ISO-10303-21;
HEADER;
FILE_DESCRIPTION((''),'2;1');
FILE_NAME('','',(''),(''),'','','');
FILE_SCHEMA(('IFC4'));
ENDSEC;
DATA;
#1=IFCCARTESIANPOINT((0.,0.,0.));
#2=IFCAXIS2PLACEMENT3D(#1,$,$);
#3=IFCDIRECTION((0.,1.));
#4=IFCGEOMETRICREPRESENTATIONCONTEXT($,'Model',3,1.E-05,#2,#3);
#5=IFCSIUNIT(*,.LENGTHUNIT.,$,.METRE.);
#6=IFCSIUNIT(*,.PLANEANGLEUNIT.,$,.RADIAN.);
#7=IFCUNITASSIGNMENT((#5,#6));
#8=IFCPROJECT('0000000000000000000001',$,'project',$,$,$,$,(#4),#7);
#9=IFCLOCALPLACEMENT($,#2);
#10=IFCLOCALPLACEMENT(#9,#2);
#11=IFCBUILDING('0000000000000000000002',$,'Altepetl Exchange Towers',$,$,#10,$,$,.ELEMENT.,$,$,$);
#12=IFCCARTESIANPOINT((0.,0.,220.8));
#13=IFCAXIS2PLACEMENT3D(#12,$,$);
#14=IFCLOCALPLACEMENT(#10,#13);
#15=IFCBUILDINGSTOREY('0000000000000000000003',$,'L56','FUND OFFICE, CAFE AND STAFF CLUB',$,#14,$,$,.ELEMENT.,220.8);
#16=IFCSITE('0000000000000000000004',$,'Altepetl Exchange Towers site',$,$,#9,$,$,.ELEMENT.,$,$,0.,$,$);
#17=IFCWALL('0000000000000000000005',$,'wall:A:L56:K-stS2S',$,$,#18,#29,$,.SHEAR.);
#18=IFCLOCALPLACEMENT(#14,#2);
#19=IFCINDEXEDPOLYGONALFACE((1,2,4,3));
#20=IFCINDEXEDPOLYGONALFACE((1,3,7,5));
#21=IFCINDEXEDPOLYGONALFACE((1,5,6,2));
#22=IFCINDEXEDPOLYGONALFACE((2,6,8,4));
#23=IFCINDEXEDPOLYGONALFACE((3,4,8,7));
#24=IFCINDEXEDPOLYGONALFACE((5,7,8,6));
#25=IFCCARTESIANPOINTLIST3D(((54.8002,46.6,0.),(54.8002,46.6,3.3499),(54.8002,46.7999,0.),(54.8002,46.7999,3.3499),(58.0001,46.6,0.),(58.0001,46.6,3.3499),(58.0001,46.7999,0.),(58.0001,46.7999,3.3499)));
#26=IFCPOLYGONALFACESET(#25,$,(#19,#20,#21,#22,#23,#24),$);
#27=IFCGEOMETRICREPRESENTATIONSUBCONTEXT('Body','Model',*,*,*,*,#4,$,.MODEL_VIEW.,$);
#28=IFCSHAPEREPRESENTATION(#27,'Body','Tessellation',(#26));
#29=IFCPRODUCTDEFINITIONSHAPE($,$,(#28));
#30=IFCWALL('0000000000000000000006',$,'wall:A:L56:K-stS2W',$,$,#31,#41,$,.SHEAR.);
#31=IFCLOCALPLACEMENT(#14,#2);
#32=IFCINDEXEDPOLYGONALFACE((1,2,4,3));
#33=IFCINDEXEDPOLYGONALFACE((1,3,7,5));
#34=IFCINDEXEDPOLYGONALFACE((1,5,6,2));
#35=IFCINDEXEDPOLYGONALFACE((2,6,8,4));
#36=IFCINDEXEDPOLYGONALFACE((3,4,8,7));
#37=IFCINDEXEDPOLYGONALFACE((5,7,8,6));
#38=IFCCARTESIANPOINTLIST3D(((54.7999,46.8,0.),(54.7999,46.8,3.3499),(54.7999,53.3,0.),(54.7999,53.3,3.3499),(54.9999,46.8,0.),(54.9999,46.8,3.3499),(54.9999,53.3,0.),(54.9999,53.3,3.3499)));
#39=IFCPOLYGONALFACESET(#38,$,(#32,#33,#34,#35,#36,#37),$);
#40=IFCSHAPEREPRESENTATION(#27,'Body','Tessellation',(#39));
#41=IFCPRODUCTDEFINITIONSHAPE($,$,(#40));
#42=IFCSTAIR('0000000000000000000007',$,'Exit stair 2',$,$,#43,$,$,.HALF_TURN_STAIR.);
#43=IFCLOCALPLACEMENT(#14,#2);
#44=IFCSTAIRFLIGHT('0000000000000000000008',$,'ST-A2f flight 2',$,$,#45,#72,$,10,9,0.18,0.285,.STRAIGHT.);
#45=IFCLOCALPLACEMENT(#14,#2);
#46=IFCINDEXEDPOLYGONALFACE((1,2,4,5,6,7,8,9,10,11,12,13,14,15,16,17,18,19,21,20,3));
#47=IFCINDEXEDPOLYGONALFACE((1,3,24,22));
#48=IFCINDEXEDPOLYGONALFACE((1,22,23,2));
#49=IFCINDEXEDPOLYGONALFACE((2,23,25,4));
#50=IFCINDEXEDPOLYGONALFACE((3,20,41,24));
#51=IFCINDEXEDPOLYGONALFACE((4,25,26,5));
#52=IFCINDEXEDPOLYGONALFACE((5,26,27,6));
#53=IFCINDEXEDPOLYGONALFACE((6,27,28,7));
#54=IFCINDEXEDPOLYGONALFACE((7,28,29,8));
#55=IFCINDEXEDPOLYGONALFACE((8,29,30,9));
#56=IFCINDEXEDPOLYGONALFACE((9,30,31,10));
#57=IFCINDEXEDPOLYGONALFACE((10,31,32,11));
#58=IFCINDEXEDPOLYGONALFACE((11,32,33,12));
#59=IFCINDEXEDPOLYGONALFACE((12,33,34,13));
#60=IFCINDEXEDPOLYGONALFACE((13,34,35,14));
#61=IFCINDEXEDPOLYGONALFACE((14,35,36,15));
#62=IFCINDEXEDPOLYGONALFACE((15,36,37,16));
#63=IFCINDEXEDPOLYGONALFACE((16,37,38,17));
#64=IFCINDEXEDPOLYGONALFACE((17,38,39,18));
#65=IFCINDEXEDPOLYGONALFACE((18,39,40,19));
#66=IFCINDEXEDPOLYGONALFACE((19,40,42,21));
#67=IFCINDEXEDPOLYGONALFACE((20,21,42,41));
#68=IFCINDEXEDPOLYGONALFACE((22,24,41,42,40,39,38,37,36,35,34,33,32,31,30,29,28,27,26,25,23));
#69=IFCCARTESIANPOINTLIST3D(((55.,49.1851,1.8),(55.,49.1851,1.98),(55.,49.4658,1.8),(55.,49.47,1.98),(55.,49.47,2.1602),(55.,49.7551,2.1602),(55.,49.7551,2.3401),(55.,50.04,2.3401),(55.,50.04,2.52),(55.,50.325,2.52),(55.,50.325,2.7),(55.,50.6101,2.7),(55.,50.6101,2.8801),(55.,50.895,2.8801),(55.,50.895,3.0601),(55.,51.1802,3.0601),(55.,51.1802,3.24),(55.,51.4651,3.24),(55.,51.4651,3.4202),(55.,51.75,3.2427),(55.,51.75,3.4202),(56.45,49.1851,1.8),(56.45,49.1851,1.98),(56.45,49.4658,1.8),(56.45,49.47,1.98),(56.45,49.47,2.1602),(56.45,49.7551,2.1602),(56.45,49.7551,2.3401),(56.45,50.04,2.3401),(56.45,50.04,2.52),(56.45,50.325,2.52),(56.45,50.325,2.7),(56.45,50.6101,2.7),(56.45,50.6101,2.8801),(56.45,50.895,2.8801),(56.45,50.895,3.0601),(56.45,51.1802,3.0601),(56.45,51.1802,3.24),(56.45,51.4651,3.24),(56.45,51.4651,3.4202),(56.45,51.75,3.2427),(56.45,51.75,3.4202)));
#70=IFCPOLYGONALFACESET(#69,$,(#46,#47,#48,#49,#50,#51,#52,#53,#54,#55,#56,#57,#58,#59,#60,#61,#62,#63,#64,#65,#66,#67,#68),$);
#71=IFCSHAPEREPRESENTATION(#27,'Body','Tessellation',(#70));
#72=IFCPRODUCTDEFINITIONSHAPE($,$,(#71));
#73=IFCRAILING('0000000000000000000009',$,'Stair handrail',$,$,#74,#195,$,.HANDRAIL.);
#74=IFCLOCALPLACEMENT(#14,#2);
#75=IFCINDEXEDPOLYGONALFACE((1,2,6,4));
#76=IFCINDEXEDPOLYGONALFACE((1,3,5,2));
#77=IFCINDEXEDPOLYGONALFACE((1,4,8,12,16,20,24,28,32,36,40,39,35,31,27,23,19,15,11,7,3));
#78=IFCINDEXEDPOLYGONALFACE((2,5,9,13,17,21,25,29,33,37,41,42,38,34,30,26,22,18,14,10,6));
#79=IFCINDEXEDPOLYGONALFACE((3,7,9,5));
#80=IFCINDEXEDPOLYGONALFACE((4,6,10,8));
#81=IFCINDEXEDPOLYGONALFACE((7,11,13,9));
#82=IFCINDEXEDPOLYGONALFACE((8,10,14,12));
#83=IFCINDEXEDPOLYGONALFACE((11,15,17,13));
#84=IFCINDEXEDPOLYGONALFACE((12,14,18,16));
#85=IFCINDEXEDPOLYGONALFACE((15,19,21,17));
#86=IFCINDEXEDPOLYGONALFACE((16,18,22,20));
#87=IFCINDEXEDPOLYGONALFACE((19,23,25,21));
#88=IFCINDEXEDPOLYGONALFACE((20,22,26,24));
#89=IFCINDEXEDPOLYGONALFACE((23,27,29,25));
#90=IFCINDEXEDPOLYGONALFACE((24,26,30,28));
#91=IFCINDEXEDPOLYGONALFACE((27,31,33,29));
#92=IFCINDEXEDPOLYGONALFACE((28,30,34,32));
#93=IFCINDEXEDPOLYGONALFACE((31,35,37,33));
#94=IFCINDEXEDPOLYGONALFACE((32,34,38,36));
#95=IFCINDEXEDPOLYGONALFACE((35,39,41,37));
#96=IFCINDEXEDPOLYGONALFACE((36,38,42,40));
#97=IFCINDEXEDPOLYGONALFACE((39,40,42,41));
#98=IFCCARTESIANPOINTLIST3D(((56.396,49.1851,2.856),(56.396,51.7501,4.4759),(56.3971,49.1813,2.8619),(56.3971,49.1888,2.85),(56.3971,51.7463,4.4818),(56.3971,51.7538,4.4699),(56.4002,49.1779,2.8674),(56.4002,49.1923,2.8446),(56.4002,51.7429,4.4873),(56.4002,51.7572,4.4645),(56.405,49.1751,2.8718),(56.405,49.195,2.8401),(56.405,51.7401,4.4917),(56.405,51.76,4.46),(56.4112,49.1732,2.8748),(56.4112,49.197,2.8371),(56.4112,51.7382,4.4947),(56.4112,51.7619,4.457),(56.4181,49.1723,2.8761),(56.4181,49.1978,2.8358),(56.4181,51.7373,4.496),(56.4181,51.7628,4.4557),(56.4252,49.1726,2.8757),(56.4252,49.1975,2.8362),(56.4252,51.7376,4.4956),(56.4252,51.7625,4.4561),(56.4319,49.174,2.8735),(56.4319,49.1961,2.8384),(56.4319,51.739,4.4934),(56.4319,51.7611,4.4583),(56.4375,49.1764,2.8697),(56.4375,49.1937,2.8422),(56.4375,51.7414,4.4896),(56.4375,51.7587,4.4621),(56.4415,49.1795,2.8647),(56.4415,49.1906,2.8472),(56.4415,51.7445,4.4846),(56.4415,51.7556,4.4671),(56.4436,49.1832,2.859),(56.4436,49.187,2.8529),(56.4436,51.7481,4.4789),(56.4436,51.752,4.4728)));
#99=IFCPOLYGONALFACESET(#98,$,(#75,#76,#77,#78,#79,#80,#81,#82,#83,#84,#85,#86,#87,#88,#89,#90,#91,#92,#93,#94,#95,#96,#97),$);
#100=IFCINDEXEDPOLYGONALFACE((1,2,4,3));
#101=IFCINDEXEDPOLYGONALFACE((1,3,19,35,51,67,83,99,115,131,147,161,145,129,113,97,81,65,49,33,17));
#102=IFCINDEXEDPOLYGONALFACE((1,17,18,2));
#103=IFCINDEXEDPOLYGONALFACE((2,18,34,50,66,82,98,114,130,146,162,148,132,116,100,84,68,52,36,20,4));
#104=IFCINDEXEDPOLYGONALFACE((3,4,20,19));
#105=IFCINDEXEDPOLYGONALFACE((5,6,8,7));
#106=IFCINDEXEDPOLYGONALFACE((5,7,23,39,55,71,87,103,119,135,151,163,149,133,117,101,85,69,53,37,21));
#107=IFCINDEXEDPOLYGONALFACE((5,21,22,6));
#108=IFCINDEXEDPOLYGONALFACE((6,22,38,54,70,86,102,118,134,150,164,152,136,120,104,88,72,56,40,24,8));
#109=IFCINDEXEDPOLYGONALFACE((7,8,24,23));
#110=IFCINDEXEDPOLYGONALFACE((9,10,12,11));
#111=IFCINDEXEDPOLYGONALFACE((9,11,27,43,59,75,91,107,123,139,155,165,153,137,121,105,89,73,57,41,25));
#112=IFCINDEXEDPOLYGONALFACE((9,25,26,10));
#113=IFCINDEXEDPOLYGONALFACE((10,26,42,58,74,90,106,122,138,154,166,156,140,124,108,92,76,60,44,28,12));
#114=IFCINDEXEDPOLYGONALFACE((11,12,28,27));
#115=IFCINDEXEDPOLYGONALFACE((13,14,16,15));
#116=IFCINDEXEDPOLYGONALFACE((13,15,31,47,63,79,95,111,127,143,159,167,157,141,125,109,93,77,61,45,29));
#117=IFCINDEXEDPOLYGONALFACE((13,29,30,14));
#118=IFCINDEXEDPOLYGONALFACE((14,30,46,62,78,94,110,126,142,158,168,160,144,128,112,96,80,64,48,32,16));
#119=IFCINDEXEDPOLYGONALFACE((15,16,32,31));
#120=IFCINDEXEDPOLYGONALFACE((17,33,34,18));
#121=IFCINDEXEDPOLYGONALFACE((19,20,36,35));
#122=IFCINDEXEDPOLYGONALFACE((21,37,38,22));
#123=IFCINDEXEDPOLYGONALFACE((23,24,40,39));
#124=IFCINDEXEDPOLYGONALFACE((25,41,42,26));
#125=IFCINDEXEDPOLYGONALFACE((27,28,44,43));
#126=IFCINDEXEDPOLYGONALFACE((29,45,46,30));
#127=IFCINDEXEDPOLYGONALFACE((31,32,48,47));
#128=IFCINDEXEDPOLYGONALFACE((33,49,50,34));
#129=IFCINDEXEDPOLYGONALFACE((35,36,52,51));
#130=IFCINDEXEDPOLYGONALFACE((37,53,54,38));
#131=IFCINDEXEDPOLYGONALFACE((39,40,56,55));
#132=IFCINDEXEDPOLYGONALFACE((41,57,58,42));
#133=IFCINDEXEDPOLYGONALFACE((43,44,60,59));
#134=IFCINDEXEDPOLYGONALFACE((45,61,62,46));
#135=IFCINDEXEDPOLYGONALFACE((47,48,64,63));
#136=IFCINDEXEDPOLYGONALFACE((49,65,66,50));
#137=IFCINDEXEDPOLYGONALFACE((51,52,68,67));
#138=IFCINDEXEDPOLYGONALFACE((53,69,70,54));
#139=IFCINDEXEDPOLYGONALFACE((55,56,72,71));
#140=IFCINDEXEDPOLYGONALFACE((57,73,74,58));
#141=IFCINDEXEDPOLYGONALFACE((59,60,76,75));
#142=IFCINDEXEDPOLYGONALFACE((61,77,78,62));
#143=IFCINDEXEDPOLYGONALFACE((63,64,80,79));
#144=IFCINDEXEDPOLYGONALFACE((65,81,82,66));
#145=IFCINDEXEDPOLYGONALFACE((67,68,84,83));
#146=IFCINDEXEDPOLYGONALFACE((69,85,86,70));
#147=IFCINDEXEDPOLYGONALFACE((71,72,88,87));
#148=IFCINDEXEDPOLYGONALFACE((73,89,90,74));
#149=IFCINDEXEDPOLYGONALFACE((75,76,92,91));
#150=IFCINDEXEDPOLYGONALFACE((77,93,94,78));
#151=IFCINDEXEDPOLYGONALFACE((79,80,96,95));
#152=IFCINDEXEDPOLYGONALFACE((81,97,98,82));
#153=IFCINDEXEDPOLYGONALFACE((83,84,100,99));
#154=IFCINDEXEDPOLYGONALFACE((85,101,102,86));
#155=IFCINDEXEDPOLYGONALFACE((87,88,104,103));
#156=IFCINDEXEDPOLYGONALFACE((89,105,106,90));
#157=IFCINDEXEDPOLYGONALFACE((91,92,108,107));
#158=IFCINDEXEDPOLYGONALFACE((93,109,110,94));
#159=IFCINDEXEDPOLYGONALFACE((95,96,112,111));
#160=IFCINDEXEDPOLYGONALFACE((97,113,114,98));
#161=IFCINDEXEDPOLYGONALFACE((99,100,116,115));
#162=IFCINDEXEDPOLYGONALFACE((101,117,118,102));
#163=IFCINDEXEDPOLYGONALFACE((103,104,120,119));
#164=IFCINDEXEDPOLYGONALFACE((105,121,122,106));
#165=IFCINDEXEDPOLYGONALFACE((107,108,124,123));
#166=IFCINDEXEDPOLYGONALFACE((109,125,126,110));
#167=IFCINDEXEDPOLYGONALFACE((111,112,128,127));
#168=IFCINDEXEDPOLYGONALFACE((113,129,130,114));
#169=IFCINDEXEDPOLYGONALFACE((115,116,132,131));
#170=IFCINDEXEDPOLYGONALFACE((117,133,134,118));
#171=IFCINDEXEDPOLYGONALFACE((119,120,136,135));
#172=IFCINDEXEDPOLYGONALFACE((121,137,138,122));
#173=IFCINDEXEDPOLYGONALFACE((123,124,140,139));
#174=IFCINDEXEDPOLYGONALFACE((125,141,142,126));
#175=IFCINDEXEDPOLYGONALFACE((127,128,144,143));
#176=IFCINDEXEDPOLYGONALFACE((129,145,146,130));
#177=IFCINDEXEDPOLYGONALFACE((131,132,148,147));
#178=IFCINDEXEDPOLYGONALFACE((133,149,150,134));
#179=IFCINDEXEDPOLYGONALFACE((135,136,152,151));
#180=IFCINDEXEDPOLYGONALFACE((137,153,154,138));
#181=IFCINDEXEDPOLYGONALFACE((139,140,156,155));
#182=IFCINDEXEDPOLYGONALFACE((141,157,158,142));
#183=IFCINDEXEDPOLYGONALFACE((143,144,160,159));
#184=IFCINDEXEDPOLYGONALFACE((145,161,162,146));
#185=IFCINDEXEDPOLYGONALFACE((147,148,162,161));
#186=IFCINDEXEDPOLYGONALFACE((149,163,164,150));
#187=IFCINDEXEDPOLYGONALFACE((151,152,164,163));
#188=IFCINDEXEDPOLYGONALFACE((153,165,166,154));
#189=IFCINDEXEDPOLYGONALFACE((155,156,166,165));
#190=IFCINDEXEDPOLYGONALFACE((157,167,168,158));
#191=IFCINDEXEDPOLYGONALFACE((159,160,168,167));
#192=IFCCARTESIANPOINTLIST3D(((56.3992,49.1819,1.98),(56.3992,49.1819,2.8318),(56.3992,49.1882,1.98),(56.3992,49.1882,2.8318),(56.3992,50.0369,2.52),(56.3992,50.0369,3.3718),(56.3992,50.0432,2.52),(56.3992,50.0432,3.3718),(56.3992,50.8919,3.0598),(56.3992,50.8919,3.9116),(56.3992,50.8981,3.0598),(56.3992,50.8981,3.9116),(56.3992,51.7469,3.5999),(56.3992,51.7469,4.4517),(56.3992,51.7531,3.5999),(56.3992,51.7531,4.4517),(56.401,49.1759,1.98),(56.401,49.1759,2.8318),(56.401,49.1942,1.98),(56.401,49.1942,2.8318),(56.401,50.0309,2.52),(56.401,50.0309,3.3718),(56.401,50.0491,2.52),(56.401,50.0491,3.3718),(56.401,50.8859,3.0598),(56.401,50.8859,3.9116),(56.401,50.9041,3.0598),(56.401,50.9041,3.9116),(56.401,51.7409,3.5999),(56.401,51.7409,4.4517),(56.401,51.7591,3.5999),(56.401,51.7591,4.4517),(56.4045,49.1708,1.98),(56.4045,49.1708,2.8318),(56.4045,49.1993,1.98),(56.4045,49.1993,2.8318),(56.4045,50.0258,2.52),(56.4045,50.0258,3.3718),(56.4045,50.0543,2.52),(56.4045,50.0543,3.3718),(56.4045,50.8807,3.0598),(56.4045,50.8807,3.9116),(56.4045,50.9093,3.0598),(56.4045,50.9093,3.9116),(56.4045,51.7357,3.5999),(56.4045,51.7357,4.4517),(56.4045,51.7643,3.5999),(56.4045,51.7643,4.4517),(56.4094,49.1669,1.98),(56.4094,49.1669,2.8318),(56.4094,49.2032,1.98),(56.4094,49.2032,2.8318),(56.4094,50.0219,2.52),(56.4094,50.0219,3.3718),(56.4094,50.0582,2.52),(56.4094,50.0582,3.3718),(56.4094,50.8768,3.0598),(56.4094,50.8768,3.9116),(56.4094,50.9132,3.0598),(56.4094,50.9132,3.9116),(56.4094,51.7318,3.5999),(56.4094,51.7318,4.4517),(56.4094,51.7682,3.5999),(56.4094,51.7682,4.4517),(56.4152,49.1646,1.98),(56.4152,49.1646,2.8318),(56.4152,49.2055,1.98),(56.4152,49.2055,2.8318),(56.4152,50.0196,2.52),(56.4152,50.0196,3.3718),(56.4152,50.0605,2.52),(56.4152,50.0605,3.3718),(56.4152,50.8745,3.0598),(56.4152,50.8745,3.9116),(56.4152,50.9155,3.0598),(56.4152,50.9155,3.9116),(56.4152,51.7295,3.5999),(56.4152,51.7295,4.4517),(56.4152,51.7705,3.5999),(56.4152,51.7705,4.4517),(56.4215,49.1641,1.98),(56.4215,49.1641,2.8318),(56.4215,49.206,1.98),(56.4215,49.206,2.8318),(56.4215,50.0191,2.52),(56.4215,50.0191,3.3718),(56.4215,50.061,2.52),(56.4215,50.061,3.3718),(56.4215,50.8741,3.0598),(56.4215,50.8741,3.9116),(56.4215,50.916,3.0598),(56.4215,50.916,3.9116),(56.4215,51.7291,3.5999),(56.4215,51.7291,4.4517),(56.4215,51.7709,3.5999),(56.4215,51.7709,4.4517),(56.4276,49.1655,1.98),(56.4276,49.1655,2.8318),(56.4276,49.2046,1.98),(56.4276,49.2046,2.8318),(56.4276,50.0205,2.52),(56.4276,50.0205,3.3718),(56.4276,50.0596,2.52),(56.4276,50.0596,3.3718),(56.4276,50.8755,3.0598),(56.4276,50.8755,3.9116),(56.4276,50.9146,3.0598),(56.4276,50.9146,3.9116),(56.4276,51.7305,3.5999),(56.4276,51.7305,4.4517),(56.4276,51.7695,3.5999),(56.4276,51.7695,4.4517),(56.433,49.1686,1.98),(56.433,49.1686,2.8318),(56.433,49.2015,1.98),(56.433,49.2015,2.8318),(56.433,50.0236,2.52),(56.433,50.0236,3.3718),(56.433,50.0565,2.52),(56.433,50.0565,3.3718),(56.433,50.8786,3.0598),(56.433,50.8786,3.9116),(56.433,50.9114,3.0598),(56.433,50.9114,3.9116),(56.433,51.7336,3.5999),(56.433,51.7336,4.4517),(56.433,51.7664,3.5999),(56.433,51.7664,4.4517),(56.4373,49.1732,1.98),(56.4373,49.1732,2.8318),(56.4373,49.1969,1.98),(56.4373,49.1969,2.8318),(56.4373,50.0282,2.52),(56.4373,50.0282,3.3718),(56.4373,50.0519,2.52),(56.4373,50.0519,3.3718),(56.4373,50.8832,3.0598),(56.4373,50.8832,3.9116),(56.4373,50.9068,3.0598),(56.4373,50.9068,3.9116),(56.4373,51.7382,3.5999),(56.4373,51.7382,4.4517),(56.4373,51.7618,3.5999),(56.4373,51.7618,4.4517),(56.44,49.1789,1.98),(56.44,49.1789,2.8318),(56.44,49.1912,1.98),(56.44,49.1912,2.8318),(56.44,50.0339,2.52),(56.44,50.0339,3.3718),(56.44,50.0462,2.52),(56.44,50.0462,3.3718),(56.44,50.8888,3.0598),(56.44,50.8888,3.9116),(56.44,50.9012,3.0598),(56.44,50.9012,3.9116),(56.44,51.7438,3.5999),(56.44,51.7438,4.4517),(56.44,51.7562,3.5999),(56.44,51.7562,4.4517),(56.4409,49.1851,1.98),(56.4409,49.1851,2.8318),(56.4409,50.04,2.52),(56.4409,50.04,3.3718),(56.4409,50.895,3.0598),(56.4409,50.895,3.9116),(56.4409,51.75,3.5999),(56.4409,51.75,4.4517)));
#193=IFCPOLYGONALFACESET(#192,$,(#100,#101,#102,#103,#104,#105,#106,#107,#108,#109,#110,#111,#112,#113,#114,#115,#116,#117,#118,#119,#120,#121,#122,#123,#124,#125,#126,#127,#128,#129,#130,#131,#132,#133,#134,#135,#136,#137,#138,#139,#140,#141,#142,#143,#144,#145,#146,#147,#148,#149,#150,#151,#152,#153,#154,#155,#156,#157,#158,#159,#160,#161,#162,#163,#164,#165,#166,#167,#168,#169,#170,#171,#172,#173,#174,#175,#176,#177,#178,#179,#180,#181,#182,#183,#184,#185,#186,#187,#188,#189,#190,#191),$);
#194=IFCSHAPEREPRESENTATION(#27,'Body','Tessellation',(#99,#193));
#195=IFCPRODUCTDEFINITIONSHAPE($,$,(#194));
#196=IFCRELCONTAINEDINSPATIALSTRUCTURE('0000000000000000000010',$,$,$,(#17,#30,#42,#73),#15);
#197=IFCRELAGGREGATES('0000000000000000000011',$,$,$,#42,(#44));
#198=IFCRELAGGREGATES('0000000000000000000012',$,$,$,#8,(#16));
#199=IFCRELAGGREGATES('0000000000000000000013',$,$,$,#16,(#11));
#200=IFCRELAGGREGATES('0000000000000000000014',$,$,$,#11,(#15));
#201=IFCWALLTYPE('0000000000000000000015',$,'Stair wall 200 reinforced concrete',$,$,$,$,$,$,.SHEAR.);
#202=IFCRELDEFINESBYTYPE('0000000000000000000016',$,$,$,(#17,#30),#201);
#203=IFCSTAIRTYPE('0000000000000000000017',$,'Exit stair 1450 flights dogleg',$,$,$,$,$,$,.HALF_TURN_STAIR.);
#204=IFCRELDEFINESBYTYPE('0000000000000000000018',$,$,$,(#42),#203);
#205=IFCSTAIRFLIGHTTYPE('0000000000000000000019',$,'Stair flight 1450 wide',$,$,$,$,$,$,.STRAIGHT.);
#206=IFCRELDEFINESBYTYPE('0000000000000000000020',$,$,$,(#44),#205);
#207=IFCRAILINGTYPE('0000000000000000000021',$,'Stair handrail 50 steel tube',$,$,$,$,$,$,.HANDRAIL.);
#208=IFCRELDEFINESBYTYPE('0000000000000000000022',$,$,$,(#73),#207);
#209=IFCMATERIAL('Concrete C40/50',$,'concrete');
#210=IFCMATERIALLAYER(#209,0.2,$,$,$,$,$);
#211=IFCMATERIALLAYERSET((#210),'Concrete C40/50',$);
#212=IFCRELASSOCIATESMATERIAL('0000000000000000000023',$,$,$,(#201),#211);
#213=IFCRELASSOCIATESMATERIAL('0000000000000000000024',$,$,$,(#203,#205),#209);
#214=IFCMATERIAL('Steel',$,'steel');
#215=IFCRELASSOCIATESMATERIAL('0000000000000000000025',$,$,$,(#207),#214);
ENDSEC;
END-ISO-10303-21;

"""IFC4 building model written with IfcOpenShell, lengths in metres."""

from ifc_helpers import new_model, si_unit, direction, frame, frame_2d, origin, origin_2d, place, context, subcontext, project, spatial, polyline, rectangle, circle, outline, extrude, source, transform, mapped, material, layer, layer_set, type_object, element, aggregate, save


model = new_model("IFC4")

# Units and contexts
model_context = context("Model", 3, precision=1e-05, world=origin(), true_north=direction((0.0, 1.0)))
body_context = subcontext(model_context, "Body", "Model", "MODEL_VIEW")
ifc_project = project(units=[si_unit("LENGTHUNIT", "METRE"), si_unit("PLANEANGLEUNIT", "RADIAN")], contexts=[model_context])

# Site, building, storey
site_placement = place(None, origin())
site = spatial("IfcSite", under=ifc_project, at=site_placement, Name="Altepetl Exchange Towers site", CompositionType="ELEMENT", RefElevation=0.0)
building_placement = place(site_placement, origin())
building = spatial("IfcBuilding", under=site, at=building_placement, Name="Altepetl Exchange Towers", CompositionType="ELEMENT")
storey_placement = place(building_placement, frame((0.0, 0.0, 220.8)))
storey = spatial("IfcBuildingStorey", under=building, at=storey_placement, Name="L56", Description="FUND OFFICE, CAFE AND STAFF CLUB", CompositionType="ELEMENT", Elevation=220.8)

# Walls
ifc_material_1 = material(Name="Concrete C40/50", Category="concrete")
ifc_layer_1 = layer(ifc_material_1, 0.2)
ifc_layer_set_1 = layer_set([ifc_layer_1], Name="Concrete C40/50")
wall_type_1 = type_object("IfcWallType", Name="Stair wall 200 reinforced concrete", PredefinedType="SHEAR", material=ifc_layer_set_1)
wall_1_placement = place(storey_placement, frame((54.8, 46.7, 0.0)))
element("IfcWall", 1, at=wall_1_placement, inside=storey, type_object=wall_type_1, Name="wall:A:L56:K-stS2S", PredefinedType="SHEAR", context=body_context, shape_type="SweptSolid", body=[
    extrude(rectangle(XDim=3.2, YDim=0.2, at=frame_2d((1.6001, 0.0))), origin(), (0.0, 0.0, 1.0), 3.3499),
])
wall_2_placement = place(storey_placement, frame((54.8999, 46.8, 0.0), z_axis=(0.0, 0.0, 1.0), x_axis=(0.0, 1.0, 0.0)))
element("IfcWall", 2, at=wall_2_placement, inside=storey, type_object=wall_type_1, Name="wall:A:L56:K-stS2W", PredefinedType="SHEAR", context=body_context, shape_type="SweptSolid", body=[
    extrude(rectangle(XDim=6.5, YDim=0.2, at=frame_2d((3.25, 0.0))), origin(), (0.0, 0.0, 1.0), 3.3499),
])

# Stair, stair flight
stair_type = type_object("IfcStairType", Name="Exit stair 1450 flights dogleg", PredefinedType="HALF_TURN_STAIR", material=ifc_material_1)
stair_placement = place(storey_placement, origin())
stair = element("IfcStair", 3, at=stair_placement, inside=storey, type_object=stair_type, Name="Exit stair 2", PredefinedType="HALF_TURN_STAIR")
stair_flight_type = type_object("IfcStairFlightType", Name="Stair flight 1450 wide", PredefinedType="STRAIGHT", material=ifc_material_1)
stair_flight_placement = place(storey_placement, frame((55.7251, 49.1851, 1.8), z_axis=(0.0, 0.0, 1.0), x_axis=(0.0, 1.0, 0.0)))
stair_flight = element("IfcStairFlight", 4, at=stair_flight_placement, type_object=stair_flight_type, Name="ST-A2f flight 2", NumberOfRisers=10, NumberOfTreads=9, PredefinedType="STRAIGHT", RiserHeight=0.18, TreadLength=0.285, context=body_context, shape_type="SweptSolid", body=[
    extrude(outline(polyline([(0.0, 0.0), (0.0, 0.1799), (0.2849, 0.1799), (0.2849, 0.3601), (0.5701, 0.3601), (0.5701, 0.54), (0.855, 0.54), (0.855, 0.72), (1.1399, 0.72), (1.1399, 0.8999), (1.425, 0.8999), (1.425, 1.0801), (1.71, 1.0801), (1.71, 1.26), (1.9951, 1.26), (1.9951, 1.4399), (2.28, 1.4399), (2.28, 1.6201), (2.5649, 1.6201), (2.5649, 1.8), (2.5649, 1.4426), (0.2808, 0.0), (0.0, 0.0)])), frame((0.0, 0.7251, 0.0), z_axis=(0.0, -1.0, 0.0), x_axis=(1.0, 0.0, 0.0)), (0.0, 0.0, 1.0), 1.45),
])
aggregate(stair, [stair_flight])

# Railing
ifc_material_2 = material(Name="Steel", Category="steel")
railing_type = type_object("IfcRailingType", Name="Stair handrail 50 steel tube", PredefinedType="HANDRAIL", material=ifc_material_2)
shared_shape = source(origin(), body_context, "Body", "SweptSolid", [
    extrude(circle(Radius=0.021, at=origin_2d()), origin(), (0.0, 0.0, 1.0), 0.8518),
])
railing_placement = place(storey_placement, frame((56.4199, 49.1851, 1.98)))
element("IfcRailing", 5, at=railing_placement, inside=storey, type_object=railing_type, Name="Stair handrail", PredefinedType="HANDRAIL", context=body_context, shape_type="SweptSolid", body=[
    extrude(circle(Radius=0.0239, at=origin_2d()), frame((0.0, 0.0, 0.876), z_axis=(0.0, 0.845502, 0.533972), x_axis=(-1.0, 0.0, 0.0)), (0.0, 0.0, 1.0), 3.0337),
    mapped(shared_shape, transform((0.0, 0.0, 0.0))),
    mapped(shared_shape, transform((0.0, 0.855, 0.54))),
    mapped(shared_shape, transform((0.0, 1.71, 1.0798))),
    mapped(shared_shape, transform((0.0, 2.5649, 1.6199))),
])

save(model, "model.ifc")
